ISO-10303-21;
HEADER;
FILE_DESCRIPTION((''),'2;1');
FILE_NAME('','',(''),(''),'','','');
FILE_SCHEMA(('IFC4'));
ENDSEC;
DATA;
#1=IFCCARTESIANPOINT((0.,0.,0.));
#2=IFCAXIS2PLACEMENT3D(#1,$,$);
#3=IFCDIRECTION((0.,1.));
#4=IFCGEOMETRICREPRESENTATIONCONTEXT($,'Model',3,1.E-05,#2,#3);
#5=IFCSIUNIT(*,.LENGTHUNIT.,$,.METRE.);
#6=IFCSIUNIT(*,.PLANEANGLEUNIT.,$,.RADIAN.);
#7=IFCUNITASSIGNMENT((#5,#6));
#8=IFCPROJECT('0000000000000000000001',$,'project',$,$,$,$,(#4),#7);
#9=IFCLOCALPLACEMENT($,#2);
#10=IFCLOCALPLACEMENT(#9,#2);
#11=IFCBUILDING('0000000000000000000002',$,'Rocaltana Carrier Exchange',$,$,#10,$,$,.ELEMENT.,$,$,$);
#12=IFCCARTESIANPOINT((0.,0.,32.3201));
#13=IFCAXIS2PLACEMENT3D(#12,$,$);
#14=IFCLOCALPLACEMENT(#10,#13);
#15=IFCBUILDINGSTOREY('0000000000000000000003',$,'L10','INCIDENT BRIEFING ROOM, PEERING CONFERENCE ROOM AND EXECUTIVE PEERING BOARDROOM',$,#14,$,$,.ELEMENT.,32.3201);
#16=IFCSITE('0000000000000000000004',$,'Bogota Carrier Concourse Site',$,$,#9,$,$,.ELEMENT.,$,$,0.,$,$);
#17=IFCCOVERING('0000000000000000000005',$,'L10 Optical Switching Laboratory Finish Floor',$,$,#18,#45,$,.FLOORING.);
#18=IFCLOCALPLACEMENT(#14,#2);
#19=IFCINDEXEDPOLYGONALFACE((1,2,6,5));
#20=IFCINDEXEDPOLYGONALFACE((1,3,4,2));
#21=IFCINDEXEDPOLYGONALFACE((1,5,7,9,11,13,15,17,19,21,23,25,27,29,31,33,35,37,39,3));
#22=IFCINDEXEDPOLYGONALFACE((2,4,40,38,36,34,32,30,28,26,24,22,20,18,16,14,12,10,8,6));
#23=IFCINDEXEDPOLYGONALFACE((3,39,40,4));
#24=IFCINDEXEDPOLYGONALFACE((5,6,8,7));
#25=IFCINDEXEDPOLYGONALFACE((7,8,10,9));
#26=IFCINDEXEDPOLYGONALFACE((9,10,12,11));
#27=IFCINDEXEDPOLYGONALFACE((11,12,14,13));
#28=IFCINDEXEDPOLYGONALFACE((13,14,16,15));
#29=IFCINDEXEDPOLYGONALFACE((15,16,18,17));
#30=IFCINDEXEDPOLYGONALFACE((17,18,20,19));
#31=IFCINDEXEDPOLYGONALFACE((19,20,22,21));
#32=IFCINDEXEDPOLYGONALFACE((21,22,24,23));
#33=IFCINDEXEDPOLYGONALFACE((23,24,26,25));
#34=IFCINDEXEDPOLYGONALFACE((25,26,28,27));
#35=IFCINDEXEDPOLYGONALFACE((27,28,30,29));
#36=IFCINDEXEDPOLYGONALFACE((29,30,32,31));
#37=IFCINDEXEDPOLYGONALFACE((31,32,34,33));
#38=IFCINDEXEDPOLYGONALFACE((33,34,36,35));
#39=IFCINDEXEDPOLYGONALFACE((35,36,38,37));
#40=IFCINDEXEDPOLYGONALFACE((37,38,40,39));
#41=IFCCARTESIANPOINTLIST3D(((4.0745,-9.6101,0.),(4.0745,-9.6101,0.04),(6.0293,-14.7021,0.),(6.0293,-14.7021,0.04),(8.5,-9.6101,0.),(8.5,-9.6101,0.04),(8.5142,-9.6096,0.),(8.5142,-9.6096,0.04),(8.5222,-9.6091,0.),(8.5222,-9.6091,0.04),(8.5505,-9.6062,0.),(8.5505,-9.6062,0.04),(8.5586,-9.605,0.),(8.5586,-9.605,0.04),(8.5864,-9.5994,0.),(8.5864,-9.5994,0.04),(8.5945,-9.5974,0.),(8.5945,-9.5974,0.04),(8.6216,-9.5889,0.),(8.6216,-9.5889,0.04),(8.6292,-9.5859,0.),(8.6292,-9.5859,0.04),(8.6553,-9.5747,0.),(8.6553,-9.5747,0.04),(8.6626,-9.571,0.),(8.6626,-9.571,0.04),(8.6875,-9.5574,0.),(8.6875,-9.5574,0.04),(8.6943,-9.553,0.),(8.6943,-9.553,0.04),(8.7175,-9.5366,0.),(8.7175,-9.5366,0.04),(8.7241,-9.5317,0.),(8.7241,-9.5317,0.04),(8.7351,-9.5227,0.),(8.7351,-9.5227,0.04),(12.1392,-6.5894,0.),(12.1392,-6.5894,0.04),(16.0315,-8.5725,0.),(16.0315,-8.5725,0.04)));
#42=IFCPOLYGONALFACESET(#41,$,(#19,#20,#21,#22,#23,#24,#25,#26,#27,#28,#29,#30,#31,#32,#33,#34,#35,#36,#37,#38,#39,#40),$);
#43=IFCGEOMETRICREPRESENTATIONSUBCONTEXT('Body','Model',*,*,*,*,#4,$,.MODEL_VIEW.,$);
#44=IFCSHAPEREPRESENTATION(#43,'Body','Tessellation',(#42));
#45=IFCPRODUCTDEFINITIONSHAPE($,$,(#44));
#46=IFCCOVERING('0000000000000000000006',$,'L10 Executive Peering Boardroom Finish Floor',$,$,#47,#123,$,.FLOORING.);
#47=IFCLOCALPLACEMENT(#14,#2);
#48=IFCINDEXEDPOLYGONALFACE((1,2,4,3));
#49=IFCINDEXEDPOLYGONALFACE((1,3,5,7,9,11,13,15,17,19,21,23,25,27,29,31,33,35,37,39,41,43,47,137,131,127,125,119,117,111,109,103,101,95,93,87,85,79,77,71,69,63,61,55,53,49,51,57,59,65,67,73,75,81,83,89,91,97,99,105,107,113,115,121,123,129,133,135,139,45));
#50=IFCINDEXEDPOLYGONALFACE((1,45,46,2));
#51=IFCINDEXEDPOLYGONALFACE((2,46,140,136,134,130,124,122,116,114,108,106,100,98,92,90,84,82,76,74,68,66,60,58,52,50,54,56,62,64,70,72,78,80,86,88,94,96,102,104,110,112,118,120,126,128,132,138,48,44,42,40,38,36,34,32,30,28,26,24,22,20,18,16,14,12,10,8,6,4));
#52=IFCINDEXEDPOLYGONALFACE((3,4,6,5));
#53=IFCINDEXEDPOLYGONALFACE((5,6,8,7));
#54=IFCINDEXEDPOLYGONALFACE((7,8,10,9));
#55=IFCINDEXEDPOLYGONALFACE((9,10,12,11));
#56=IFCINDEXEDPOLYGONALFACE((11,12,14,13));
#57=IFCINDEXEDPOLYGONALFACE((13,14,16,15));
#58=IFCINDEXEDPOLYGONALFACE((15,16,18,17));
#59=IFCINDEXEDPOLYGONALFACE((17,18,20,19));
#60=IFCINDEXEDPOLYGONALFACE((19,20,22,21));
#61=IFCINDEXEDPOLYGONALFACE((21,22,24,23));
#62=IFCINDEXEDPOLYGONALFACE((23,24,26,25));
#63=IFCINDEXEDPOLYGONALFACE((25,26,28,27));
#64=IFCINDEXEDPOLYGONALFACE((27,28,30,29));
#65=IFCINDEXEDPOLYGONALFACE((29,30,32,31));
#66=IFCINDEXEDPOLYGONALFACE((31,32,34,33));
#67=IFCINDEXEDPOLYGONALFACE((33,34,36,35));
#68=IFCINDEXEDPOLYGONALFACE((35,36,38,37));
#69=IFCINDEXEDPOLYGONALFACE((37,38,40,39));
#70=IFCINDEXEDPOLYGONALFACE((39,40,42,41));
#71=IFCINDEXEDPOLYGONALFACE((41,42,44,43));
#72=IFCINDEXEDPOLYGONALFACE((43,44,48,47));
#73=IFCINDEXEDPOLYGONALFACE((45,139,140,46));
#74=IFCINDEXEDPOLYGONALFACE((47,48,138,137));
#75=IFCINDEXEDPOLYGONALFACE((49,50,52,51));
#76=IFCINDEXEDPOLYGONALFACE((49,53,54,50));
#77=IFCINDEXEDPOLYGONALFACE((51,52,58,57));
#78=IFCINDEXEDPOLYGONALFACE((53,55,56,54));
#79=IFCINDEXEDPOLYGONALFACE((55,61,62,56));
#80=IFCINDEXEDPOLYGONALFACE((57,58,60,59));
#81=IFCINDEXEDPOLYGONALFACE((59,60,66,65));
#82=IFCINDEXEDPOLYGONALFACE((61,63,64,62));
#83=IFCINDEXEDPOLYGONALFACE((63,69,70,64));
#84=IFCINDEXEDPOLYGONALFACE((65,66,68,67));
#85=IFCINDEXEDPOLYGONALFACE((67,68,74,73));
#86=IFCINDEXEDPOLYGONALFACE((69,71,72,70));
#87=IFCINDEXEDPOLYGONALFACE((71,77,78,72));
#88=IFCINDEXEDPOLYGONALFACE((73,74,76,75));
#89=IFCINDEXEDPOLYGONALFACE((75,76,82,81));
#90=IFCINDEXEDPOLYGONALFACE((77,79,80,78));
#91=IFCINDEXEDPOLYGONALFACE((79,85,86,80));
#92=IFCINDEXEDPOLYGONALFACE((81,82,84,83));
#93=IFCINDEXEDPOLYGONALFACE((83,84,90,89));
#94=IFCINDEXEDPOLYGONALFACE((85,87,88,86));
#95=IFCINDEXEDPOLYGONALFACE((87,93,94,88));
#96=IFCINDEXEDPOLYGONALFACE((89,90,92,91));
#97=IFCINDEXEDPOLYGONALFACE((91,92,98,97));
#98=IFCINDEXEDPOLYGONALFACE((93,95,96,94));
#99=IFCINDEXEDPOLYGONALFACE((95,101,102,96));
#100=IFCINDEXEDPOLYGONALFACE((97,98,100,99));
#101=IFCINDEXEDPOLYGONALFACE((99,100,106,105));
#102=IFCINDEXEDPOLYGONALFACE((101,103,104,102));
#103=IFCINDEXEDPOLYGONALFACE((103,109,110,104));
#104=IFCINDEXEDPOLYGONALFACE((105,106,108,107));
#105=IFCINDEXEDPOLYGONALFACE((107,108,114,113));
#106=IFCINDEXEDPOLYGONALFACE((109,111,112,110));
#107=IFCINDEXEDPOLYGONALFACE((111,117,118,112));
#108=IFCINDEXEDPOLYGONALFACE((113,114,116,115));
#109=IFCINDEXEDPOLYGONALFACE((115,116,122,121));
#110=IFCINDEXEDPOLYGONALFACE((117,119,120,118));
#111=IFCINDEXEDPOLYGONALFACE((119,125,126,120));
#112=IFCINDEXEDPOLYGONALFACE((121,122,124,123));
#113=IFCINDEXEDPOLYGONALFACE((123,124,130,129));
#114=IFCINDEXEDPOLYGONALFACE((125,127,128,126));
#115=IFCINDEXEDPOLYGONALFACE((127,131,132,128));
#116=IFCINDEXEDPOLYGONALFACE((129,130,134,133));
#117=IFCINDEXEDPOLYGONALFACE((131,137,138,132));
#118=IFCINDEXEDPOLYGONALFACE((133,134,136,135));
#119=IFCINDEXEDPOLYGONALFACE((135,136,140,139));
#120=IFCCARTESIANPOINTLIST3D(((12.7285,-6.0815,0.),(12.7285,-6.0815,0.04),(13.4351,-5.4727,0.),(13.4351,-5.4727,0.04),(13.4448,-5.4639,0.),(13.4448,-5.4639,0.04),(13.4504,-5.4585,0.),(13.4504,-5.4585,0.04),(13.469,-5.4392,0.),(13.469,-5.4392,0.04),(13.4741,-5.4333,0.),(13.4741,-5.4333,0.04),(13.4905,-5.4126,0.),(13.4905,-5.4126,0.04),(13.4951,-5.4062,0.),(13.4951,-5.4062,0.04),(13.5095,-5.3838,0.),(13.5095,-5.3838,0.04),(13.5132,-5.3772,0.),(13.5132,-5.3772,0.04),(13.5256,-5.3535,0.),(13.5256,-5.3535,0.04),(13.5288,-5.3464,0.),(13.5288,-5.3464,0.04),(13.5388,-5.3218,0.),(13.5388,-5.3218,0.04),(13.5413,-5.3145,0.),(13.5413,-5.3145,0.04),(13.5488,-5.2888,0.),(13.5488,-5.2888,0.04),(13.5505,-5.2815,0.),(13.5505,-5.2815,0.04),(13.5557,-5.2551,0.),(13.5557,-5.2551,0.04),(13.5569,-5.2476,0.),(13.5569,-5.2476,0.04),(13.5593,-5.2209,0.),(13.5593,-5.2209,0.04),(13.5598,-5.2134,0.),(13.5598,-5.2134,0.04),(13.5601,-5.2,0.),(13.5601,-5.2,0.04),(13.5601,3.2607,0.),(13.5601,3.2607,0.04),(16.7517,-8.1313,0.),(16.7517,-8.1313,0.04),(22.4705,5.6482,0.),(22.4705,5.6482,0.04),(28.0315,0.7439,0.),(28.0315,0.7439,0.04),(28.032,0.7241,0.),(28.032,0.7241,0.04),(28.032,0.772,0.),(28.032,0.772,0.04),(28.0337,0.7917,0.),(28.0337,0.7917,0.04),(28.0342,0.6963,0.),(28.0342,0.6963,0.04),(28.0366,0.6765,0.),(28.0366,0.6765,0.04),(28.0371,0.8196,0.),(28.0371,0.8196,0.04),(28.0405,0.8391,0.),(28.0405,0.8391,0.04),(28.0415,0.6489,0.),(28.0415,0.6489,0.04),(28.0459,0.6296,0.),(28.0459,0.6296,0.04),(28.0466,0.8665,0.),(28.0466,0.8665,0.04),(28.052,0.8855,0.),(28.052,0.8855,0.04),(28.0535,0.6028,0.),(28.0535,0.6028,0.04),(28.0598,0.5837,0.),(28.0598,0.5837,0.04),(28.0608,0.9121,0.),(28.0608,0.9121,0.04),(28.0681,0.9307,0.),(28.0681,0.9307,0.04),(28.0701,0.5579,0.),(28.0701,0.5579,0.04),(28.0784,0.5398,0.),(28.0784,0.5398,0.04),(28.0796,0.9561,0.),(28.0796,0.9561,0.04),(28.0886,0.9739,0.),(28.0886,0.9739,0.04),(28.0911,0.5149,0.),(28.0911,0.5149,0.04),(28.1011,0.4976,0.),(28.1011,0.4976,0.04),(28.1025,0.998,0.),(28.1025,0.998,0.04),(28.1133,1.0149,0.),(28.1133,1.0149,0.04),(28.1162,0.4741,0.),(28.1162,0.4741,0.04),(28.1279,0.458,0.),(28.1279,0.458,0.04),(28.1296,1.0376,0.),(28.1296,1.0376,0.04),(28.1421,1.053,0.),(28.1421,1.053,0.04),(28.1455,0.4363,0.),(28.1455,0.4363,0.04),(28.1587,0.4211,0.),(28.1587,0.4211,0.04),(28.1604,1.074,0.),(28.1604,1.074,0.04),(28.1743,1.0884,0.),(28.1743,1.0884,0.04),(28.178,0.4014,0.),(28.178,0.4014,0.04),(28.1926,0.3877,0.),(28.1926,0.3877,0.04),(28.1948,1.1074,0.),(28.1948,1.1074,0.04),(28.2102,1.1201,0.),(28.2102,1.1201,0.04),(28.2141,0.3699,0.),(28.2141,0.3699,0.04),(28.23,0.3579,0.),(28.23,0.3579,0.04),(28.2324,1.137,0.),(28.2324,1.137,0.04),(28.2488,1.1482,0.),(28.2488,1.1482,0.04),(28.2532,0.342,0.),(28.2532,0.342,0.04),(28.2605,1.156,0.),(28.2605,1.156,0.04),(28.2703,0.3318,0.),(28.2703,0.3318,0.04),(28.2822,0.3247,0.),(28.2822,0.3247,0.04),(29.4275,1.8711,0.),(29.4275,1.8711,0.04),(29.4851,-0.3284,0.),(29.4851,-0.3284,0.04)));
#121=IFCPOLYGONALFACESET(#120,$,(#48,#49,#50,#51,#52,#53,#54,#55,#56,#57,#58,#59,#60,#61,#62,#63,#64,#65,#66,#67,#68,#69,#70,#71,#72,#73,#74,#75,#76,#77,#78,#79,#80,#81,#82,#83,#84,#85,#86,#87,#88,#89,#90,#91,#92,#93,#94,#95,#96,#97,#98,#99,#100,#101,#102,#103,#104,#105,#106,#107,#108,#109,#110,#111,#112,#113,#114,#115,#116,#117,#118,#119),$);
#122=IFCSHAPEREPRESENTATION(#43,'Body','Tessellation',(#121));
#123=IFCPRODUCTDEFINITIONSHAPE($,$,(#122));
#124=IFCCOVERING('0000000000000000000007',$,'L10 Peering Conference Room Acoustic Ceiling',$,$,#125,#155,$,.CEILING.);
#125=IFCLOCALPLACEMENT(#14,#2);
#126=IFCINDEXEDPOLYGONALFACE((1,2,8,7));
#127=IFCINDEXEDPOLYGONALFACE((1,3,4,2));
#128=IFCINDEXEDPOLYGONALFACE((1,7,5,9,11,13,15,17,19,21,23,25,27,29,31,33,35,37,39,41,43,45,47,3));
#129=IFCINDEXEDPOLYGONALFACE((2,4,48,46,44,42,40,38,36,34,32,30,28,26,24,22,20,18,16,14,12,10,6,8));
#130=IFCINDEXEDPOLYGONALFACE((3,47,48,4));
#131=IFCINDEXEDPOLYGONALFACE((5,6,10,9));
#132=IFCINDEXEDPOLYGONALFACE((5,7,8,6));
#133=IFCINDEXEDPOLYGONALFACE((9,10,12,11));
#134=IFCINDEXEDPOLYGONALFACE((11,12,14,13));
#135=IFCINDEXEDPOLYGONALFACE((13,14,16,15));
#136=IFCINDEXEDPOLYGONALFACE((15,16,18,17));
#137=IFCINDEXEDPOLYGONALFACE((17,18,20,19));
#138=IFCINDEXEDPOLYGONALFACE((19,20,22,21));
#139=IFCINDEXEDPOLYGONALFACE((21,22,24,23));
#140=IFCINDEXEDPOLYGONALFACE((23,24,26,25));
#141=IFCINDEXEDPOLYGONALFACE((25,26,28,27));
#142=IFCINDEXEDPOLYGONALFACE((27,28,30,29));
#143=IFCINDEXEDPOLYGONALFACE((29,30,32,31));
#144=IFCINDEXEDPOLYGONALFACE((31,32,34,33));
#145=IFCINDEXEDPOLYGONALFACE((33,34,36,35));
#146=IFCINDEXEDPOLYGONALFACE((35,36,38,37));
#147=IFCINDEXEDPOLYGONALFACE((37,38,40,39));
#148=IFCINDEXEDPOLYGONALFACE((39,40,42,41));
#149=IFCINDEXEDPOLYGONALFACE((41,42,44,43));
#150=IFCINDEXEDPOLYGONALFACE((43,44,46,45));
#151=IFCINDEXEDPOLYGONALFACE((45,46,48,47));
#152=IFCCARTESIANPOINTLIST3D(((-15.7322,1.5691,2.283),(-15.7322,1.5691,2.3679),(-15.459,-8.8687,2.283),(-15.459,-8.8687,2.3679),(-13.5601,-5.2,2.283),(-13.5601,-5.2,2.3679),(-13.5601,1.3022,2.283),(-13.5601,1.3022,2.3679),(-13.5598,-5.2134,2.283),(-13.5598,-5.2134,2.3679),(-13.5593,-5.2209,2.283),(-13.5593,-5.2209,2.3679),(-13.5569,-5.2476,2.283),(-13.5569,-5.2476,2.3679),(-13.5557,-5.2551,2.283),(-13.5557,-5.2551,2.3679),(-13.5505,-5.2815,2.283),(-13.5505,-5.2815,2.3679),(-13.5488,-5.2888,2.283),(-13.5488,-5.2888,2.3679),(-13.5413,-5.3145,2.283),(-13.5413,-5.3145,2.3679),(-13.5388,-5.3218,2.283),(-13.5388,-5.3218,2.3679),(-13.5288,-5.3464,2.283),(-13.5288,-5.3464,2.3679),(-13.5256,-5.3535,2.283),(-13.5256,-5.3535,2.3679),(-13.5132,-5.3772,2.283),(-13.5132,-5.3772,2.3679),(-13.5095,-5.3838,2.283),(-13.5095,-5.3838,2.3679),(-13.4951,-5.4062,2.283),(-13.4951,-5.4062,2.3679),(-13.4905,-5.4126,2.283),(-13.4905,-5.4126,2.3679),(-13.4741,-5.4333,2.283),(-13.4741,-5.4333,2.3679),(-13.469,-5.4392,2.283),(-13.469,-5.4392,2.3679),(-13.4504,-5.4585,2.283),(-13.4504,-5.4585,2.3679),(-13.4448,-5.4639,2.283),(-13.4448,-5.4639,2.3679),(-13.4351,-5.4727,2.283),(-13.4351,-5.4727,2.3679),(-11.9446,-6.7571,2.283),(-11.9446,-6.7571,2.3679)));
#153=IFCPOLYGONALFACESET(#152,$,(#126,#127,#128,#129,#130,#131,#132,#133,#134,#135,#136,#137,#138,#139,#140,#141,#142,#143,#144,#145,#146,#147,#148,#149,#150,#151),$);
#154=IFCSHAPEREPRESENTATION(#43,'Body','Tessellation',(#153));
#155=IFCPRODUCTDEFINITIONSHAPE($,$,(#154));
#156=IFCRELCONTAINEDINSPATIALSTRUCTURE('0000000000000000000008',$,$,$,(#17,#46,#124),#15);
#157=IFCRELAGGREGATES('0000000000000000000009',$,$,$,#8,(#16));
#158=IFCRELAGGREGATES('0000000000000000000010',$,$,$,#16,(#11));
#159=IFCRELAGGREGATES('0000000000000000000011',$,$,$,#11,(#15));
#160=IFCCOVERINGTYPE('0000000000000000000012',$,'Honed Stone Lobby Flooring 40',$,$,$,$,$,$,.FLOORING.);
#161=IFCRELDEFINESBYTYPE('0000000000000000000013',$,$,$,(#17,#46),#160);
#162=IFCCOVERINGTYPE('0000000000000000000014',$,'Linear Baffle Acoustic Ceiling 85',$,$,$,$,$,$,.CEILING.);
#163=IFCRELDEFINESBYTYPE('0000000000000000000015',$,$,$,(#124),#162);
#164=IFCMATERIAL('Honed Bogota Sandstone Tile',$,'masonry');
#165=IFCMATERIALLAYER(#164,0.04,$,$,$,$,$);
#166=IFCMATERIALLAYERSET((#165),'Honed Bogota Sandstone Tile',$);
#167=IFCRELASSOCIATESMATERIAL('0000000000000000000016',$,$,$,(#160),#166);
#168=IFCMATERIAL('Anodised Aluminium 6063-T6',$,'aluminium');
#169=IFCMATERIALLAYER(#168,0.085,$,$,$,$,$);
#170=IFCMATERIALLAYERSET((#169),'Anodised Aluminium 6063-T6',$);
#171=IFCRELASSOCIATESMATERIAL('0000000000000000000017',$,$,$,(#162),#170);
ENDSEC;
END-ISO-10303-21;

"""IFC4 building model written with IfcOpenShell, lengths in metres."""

from ifc_helpers import new_model, si_unit, direction, frame, origin, place, context, subcontext, project, spatial, polyline, outline, extrude, material, layer, layer_set, type_object, element, save


model = new_model("IFC4")

# Units and contexts
model_context = context("Model", 3, precision=1e-05, world=origin(), true_north=direction((0.0, 1.0)))
body_context = subcontext(model_context, "Body", "Model", "MODEL_VIEW")
ifc_project = project(units=[si_unit("LENGTHUNIT", "METRE"), si_unit("PLANEANGLEUNIT", "RADIAN")], contexts=[model_context])

# Site, building, storey
site_placement = place(None, origin())
site = spatial("IfcSite", under=ifc_project, at=site_placement, Name="Bogota Carrier Concourse Site", CompositionType="ELEMENT", RefElevation=0.0)
building_placement = place(site_placement, origin())
building = spatial("IfcBuilding", under=site, at=building_placement, Name="Rocaltana Carrier Exchange", CompositionType="ELEMENT")
storey_placement = place(building_placement, frame((0.0, 0.0, 32.3201)))
storey = spatial("IfcBuildingStorey", under=building, at=storey_placement, Name="L10", Description="INCIDENT BRIEFING ROOM, PEERING CONFERENCE ROOM AND EXECUTIVE PEERING BOARDROOM", CompositionType="ELEMENT", Elevation=32.3201)

# Coverings
ifc_material_1 = material(Name="Honed Bogota Sandstone Tile", Category="masonry")
ifc_layer_1 = layer(ifc_material_1, 0.04)
ifc_layer_set_1 = layer_set([ifc_layer_1], Name="Honed Bogota Sandstone Tile")
covering_type_1 = type_object("IfcCoveringType", Name="Honed Stone Lobby Flooring 40", PredefinedType="FLOORING", material=ifc_layer_set_1)
covering_1_placement = place(storey_placement, origin())
element("IfcCovering", 1, at=covering_1_placement, inside=storey, type_object=covering_type_1, Name="L10 Optical Switching Laboratory Finish Floor", PredefinedType="FLOORING", context=body_context, shape_type="SweptSolid", body=[
    extrude(outline(polyline([(6.0293, -14.7021), (4.0745, -9.6101), (8.5, -9.6101), (8.5142, -9.6096), (8.5222, -9.6091), (8.5505, -9.6062), (8.5586, -9.605), (8.5864, -9.5994), (8.5945, -9.5974), (8.6216, -9.5889), (8.6292, -9.5859), (8.6553, -9.5747), (8.6626, -9.571), (8.6875, -9.5574), (8.6943, -9.553), (8.7175, -9.5366), (8.7241, -9.5317), (8.7351, -9.5227), (12.1392, -6.5894), (16.0315, -8.5725), (6.0293, -14.7021)])), origin(), (0.0, 0.0, 1.0), 0.04),
])
covering_2_placement = place(storey_placement, origin())
element("IfcCovering", 2, at=covering_2_placement, inside=storey, type_object=covering_type_1, Name="L10 Executive Peering Boardroom Finish Floor", PredefinedType="FLOORING", context=body_context, shape_type="SweptSolid", body=[
    extrude(outline(polyline([(29.4275, 1.8711), (28.2605, 1.156), (28.2488, 1.1482), (28.2324, 1.137), (28.2102, 1.1201), (28.1948, 1.1074), (28.1743, 1.0884), (28.1604, 1.074), (28.1421, 1.053), (28.1296, 1.0376), (28.1133, 1.0149), (28.1025, 0.998), (28.0886, 0.9739), (28.0796, 0.9561), (28.0681, 0.9307), (28.0608, 0.9121), (28.052, 0.8855), (28.0466, 0.8665), (28.0405, 0.8391), (28.0371, 0.8196), (28.0337, 0.7917), (28.032, 0.772), (28.0315, 0.7439), (28.032, 0.7241), (28.0342, 0.6963), (28.0366, 0.6765), (28.0415, 0.6489), (28.0459, 0.6296), (28.0535, 0.6028), (28.0598, 0.5837), (28.0701, 0.5579), (28.0784, 0.5398), (28.0911, 0.5149), (28.1011, 0.4976), (28.1162, 0.4741), (28.1279, 0.458), (28.1455, 0.4363), (28.1587, 0.4211), (28.178, 0.4014), (28.1926, 0.3877), (28.2141, 0.3699), (28.23, 0.3579), (28.2532, 0.342), (28.2703, 0.3318), (28.2822, 0.3247), (29.4851, -0.3284), (16.7517, -8.1313), (12.7285, -6.0815), (13.4351, -5.4727), (13.4448, -5.4639), (13.4504, -5.4585), (13.469, -5.4392), (13.4741, -5.4333), (13.4905, -5.4126), (13.4951, -5.4062), (13.5095, -5.3838), (13.5132, -5.3772), (13.5256, -5.3535), (13.5288, -5.3464), (13.5388, -5.3218), (13.5413, -5.3145), (13.5488, -5.2888), (13.5505, -5.2815), (13.5557, -5.2551), (13.5569, -5.2476), (13.5593, -5.2209), (13.5598, -5.2134), (13.5601, -5.2), (13.5601, 3.2607), (22.4705, 5.6482), (29.4275, 1.8711)])), origin(), (0.0, 0.0, 1.0), 0.04),
])
ifc_material_2 = material(Name="Anodised Aluminium 6063-T6", Category="aluminium")
ifc_layer_2 = layer(ifc_material_2, 0.085)
ifc_layer_set_2 = layer_set([ifc_layer_2], Name="Anodised Aluminium 6063-T6")
covering_type_2 = type_object("IfcCoveringType", Name="Linear Baffle Acoustic Ceiling 85", PredefinedType="CEILING", material=ifc_layer_set_2)
covering_3_placement = place(storey_placement, frame((0.0, 0.0, 2.283)))
element("IfcCovering", 3, at=covering_3_placement, inside=storey, type_object=covering_type_2, Name="L10 Peering Conference Room Acoustic Ceiling", PredefinedType="CEILING", context=body_context, shape_type="SweptSolid", body=[
    extrude(outline(polyline([(-15.7322, 1.5691), (-13.5601, 1.3022), (-13.5601, -5.2), (-13.5598, -5.2134), (-13.5593, -5.2209), (-13.5569, -5.2476), (-13.5557, -5.2551), (-13.5505, -5.2815), (-13.5488, -5.2888), (-13.5413, -5.3145), (-13.5388, -5.3218), (-13.5288, -5.3464), (-13.5256, -5.3535), (-13.5132, -5.3772), (-13.5095, -5.3838), (-13.4951, -5.4062), (-13.4905, -5.4126), (-13.4741, -5.4333), (-13.469, -5.4392), (-13.4504, -5.4585), (-13.4448, -5.4639), (-13.4351, -5.4727), (-11.9446, -6.7571), (-15.459, -8.8687), (-15.7322, 1.5691)])), origin(), (0.0, 0.0, 1.0), 0.085),
])

save(model, "model.ifc")
